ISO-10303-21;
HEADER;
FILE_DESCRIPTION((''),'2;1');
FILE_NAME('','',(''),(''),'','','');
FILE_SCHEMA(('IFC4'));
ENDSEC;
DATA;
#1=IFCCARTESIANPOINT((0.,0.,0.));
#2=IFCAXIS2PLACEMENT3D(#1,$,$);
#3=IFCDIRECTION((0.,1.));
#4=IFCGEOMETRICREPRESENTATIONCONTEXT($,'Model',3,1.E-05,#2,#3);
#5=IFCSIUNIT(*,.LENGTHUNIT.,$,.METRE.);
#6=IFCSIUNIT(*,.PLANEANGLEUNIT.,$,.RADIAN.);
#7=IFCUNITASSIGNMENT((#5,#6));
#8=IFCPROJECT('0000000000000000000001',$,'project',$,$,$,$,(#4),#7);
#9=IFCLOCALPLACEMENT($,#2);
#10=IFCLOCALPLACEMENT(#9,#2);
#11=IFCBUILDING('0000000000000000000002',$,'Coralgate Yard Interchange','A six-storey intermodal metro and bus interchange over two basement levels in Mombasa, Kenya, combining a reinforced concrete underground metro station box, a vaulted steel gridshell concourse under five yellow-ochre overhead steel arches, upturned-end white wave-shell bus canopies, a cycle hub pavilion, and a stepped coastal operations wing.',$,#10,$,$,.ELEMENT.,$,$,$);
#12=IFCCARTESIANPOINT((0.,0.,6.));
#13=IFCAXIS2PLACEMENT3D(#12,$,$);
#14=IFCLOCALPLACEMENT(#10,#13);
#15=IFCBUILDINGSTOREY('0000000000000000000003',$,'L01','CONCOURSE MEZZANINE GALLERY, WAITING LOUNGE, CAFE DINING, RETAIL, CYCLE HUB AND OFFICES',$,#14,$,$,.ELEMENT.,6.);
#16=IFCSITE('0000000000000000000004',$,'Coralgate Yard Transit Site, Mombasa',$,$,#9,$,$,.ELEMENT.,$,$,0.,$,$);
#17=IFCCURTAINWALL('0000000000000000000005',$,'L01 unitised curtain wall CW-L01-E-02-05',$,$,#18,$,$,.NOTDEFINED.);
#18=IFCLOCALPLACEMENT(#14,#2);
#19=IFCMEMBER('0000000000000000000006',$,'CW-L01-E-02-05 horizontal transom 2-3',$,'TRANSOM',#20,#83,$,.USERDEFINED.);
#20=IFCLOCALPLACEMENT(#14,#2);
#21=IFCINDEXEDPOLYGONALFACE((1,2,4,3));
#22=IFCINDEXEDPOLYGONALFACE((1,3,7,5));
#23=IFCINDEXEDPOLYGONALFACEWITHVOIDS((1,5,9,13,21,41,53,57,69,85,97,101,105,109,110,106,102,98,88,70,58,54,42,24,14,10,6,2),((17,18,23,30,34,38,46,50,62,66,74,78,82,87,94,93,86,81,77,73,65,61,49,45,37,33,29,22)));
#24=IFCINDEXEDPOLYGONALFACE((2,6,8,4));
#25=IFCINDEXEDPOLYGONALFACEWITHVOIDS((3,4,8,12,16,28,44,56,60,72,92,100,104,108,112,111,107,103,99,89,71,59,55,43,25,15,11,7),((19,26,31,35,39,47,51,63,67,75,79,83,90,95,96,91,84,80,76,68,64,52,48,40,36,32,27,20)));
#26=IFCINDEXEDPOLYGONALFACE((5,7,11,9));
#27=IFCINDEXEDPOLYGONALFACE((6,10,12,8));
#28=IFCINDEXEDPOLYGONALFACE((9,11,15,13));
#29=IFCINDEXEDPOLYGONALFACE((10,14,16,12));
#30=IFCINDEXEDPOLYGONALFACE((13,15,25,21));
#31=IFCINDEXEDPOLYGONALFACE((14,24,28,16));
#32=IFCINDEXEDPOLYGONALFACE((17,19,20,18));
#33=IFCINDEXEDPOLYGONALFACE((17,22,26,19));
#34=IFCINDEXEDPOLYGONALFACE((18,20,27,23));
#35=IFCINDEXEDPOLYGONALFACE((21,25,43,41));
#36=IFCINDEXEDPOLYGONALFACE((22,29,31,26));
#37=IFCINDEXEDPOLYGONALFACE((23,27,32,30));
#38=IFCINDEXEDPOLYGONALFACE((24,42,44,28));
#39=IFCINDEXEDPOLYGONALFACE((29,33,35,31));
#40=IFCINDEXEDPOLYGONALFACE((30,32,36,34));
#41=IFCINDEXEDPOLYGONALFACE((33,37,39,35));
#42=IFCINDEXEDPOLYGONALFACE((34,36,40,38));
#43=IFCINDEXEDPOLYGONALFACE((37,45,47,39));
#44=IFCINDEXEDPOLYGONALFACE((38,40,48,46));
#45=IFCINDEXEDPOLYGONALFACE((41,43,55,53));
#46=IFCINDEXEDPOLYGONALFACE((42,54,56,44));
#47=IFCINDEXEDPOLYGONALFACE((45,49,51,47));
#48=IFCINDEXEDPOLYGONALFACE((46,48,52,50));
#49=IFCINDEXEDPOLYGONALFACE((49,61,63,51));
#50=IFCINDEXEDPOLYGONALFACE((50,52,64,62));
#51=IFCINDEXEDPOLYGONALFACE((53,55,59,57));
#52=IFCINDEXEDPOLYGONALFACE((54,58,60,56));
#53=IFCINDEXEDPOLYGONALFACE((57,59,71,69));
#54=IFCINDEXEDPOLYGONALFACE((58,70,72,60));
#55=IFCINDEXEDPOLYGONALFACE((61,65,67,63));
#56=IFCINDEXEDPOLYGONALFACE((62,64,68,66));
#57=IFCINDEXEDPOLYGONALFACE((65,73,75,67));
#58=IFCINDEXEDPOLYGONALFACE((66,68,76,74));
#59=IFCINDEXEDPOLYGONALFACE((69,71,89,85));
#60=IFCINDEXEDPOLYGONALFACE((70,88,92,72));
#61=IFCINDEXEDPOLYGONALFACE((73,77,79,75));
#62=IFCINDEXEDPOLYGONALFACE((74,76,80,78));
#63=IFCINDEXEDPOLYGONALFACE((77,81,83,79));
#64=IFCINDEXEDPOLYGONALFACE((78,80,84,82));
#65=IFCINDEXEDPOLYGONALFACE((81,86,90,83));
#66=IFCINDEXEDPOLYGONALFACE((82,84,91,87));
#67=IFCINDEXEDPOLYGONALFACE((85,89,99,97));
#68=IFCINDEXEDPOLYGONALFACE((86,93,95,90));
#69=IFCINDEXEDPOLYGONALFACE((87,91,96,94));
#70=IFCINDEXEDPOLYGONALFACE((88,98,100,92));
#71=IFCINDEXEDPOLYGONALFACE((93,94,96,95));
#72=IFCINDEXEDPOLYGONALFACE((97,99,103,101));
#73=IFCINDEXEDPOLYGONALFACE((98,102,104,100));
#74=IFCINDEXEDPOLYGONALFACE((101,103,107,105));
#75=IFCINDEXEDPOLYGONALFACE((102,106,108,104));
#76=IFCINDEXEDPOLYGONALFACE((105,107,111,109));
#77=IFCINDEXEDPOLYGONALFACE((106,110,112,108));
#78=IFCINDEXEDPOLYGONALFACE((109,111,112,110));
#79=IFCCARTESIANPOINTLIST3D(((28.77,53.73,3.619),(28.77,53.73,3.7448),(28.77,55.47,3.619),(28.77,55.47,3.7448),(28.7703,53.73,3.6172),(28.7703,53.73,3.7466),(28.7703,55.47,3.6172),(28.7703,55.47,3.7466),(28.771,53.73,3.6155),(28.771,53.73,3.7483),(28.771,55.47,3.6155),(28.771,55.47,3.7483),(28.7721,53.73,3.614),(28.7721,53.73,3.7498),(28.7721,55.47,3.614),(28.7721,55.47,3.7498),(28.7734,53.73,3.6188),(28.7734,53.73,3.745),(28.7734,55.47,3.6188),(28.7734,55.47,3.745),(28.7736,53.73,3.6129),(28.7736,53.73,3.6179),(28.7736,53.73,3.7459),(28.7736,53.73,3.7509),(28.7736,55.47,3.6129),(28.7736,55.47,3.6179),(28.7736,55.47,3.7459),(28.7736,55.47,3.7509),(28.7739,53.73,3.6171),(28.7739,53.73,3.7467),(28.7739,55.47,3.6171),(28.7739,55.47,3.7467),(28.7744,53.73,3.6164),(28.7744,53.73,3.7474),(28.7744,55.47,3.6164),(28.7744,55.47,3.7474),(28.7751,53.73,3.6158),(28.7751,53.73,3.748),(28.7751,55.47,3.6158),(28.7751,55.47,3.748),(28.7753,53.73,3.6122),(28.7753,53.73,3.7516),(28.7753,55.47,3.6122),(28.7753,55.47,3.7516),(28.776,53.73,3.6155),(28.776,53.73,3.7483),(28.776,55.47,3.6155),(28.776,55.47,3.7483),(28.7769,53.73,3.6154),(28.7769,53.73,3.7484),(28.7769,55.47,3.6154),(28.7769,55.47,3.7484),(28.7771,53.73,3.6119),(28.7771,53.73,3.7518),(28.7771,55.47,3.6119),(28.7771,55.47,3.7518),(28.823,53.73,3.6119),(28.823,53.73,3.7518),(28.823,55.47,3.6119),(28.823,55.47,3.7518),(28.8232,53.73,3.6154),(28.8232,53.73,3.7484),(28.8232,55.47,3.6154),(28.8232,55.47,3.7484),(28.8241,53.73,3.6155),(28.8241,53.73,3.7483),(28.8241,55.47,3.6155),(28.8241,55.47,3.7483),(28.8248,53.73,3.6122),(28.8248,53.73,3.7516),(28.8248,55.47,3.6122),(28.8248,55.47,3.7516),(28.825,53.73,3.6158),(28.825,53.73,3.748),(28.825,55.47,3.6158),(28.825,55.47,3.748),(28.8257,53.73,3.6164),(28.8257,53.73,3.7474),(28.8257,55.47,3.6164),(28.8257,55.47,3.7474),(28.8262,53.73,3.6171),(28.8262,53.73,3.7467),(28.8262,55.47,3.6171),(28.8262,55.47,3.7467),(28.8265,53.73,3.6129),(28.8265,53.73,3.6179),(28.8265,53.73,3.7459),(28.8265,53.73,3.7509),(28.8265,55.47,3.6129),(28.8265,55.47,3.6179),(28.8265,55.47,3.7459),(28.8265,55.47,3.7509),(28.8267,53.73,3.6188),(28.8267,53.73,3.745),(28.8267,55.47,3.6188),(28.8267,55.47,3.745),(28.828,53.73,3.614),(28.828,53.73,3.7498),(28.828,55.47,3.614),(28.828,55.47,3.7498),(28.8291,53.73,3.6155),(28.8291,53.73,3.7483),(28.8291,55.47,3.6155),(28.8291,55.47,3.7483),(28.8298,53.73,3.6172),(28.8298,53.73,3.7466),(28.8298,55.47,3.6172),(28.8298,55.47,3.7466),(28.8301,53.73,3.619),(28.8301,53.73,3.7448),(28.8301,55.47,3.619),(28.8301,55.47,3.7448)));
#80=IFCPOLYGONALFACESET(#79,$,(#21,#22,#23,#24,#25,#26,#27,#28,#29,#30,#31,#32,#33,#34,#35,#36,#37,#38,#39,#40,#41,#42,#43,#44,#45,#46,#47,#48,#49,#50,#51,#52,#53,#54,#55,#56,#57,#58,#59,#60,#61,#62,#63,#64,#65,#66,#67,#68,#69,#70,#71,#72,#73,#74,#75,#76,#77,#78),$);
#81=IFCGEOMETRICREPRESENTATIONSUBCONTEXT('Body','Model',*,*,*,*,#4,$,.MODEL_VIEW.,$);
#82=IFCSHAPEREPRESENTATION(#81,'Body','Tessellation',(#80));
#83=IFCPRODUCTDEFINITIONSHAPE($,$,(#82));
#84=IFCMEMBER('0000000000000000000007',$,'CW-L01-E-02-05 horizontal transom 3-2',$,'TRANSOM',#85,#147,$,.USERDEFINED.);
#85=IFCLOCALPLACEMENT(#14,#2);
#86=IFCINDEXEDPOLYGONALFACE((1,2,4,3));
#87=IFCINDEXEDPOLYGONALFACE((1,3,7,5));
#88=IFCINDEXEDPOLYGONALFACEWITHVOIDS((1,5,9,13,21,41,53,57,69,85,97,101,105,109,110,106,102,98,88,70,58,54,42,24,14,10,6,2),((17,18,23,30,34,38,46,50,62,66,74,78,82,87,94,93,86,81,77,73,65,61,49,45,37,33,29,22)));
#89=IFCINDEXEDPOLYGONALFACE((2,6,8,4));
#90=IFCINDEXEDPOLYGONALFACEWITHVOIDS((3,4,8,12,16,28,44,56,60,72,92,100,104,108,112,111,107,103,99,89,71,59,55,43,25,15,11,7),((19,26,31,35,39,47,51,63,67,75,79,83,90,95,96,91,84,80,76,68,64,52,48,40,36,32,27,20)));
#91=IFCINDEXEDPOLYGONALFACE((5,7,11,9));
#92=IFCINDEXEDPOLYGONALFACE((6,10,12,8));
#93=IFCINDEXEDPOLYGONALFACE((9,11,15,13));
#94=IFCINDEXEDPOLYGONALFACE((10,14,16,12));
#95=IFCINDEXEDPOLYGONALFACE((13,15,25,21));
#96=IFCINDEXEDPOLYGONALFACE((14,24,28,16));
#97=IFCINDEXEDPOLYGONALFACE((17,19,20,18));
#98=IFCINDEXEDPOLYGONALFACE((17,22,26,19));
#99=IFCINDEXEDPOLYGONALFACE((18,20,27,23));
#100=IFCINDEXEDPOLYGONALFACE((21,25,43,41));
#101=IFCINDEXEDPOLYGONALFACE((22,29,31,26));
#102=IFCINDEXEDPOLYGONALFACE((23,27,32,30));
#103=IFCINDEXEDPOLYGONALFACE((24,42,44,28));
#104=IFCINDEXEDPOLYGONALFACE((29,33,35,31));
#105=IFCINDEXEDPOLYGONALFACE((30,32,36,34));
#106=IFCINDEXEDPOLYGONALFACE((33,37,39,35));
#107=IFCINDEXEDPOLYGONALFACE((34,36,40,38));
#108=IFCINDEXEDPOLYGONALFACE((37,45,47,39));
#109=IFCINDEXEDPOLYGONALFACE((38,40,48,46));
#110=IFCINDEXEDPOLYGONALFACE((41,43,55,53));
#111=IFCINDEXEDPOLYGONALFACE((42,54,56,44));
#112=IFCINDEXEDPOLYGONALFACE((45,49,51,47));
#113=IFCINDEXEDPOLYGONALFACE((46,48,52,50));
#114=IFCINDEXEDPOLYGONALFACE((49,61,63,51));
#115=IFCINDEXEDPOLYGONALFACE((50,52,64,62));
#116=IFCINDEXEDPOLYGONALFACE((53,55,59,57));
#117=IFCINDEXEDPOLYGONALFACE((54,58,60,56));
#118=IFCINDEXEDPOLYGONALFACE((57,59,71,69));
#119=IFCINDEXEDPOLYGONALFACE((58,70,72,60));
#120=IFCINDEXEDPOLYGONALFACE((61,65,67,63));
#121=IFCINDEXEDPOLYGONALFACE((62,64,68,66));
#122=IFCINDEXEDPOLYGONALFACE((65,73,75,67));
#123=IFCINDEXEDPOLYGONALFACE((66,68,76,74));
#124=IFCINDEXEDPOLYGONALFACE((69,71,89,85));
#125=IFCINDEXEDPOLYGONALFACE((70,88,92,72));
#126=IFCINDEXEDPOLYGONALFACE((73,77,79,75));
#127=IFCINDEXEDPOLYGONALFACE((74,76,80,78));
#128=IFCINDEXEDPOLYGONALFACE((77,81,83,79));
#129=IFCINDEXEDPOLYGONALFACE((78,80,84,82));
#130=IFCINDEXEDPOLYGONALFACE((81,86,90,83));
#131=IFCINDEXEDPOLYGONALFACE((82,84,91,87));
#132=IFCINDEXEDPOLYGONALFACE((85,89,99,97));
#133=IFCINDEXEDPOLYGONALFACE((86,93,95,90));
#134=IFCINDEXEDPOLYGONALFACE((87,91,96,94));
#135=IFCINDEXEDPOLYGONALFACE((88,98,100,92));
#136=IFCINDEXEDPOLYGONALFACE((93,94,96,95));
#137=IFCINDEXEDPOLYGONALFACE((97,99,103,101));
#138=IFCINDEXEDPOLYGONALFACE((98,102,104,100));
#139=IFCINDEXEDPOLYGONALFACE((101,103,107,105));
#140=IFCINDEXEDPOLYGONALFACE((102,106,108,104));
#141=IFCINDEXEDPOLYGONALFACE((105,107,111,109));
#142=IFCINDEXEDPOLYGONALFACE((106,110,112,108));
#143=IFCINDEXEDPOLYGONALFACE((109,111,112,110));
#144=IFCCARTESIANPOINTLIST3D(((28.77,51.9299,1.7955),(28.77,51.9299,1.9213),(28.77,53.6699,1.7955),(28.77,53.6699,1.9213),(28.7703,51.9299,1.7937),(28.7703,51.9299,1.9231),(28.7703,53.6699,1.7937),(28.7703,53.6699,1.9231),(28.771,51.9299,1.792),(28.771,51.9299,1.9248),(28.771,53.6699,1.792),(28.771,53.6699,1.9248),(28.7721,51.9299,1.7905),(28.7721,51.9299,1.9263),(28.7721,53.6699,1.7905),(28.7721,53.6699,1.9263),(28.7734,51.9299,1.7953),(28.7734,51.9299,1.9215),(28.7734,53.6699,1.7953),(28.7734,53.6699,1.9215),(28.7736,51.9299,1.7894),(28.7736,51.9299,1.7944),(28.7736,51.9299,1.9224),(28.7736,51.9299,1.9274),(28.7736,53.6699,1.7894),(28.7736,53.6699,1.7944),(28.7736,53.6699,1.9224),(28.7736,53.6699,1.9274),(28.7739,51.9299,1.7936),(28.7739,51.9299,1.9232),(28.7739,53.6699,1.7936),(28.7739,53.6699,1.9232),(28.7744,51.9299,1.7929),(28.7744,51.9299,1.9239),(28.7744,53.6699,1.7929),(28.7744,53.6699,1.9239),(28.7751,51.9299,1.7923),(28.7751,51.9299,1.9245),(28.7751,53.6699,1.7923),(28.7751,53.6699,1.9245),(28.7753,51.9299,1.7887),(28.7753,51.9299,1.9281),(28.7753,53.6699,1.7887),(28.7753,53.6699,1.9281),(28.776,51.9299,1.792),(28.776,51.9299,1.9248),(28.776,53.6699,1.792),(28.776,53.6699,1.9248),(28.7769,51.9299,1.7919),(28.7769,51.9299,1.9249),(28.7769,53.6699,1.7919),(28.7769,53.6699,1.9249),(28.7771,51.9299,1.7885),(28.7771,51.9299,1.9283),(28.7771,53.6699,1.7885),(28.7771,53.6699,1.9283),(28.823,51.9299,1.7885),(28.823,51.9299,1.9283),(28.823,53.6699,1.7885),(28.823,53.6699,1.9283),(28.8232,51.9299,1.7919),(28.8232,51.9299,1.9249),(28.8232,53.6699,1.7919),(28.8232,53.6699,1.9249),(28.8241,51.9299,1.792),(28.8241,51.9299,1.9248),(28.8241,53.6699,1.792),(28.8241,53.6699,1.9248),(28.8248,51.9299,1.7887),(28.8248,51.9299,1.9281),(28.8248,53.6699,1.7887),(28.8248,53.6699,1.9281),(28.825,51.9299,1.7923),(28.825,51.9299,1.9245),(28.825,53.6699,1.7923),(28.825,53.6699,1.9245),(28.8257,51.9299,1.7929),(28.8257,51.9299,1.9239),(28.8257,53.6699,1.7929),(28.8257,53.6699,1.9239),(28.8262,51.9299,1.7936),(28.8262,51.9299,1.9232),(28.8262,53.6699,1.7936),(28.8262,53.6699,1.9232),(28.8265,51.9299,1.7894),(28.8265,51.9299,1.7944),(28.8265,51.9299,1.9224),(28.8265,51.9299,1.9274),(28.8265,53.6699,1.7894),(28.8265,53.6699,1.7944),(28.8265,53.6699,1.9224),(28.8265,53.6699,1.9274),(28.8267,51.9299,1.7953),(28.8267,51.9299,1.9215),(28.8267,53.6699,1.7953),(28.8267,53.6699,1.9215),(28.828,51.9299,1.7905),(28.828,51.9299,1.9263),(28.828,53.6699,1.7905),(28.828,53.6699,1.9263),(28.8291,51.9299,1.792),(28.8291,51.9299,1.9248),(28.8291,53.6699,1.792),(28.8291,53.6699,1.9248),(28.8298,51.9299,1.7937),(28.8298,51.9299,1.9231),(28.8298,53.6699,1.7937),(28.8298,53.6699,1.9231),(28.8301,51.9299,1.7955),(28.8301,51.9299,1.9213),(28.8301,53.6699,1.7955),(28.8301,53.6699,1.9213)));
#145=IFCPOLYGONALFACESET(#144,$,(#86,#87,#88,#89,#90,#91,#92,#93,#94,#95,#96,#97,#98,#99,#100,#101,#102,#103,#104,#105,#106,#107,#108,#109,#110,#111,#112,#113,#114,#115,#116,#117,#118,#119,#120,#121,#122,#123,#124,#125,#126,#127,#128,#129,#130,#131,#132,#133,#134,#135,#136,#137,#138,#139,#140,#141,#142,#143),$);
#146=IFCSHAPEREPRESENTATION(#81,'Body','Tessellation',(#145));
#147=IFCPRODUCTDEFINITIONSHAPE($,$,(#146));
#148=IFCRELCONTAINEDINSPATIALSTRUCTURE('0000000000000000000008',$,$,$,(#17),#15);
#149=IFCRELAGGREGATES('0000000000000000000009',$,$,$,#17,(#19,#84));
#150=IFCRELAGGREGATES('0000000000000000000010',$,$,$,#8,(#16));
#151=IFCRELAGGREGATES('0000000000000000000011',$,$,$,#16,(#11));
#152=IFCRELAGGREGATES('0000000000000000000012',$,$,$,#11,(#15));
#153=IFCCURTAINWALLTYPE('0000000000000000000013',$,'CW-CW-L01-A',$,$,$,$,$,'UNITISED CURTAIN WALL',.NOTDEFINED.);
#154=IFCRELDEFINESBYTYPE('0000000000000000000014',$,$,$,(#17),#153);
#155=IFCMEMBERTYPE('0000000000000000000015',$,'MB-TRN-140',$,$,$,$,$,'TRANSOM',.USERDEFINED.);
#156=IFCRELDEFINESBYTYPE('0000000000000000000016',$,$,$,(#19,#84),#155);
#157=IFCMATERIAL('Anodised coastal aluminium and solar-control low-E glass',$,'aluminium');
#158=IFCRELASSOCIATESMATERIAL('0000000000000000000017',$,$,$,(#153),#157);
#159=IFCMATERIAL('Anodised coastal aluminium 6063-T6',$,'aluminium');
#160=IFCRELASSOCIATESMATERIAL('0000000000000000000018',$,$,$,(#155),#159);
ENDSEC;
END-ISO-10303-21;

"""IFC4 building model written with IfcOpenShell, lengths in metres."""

from ifc_helpers import new_model, si_unit, direction, frame, origin, origin_2d, place, context, subcontext, project, spatial, hollow_rectangle, extrude, material, material_profile, profile_set, type_object, element, aggregate, save


model = new_model("IFC4")

# Units and contexts
model_context = context("Model", 3, precision=1e-05, world=origin(), true_north=direction((0.0, 1.0)))
body_context = subcontext(model_context, "Body", "Model", "MODEL_VIEW")
ifc_project = project(units=[si_unit("LENGTHUNIT", "METRE"), si_unit("PLANEANGLEUNIT", "RADIAN")], contexts=[model_context])

# Site, building, storey
site_placement = place(None, origin())
site = spatial("IfcSite", under=ifc_project, at=site_placement, Name="Coralgate Yard Transit Site, Mombasa", CompositionType="ELEMENT", RefElevation=0.0)
building_placement = place(site_placement, origin())
building = spatial("IfcBuilding", under=site, at=building_placement, Name="Coralgate Yard Interchange", Description="A six-storey intermodal metro and bus interchange over two basement levels in Mombasa, Kenya, combining a reinforced concrete underground metro station box, a vaulted steel gridshell concourse under five yellow-ochre overhead steel arches, upturned-end white wave-shell bus canopies, a cycle hub pavilion, and a stepped coastal operations wing.", CompositionType="ELEMENT")
storey_placement = place(building_placement, frame((0.0, 0.0, 6.0)))
storey = spatial("IfcBuildingStorey", under=building, at=storey_placement, Name="L01", Description="CONCOURSE MEZZANINE GALLERY, WAITING LOUNGE, CAFE DINING, RETAIL, CYCLE HUB AND OFFICES", CompositionType="ELEMENT", Elevation=6.0)

# Curtain wall
ifc_material_1 = material(Name="Anodised coastal aluminium and solar-control low-E glass", Category="aluminium")
curtain_wall_type = type_object("IfcCurtainWallType", Name="CW-CW-L01-A", ElementType="UNITISED CURTAIN WALL", PredefinedType="NOTDEFINED", material=ifc_material_1)
curtain_wall_1_placement = place(storey_placement, origin())
curtain_wall_1 = element("IfcCurtainWall", 1, at=curtain_wall_1_placement, inside=storey, type_object=curtain_wall_type, Name="L01 unitised curtain wall CW-L01-E-02-05", PredefinedType="NOTDEFINED")
ifc_material_2 = material(Name="Anodised coastal aluminium 6063-T6", Category="aluminium")

# Members
ifc_material_profile_1 = material_profile(ifc_material_2, hollow_rectangle(XDim=0.0601, YDim=0.1399, WallThickness=0.0034, InnerFilletRadius=0.0034, OuterFilletRadius=0.0071, at=origin_2d()), Name="ALU 60x140x3.5")
ifc_profile_set_1 = profile_set([ifc_material_profile_1], Name="Anodised coastal aluminium 6063-T6")
member_type_1 = type_object("IfcMemberType", Name="MB-TRN-140", ElementType="TRANSOM", PredefinedType="USERDEFINED", material=ifc_profile_set_1)
member_1_placement = place(storey_placement, frame((28.8, 55.47, 3.6819), z_axis=(0.0, -1.0, 0.0), x_axis=(1.0, 0.0, 0.0)))
member_1 = element("IfcMember", 2, at=member_1_placement, type_object=member_type_1, Name="CW-L01-E-02-05 horizontal transom 2-3", ObjectType="TRANSOM", PredefinedType="USERDEFINED", context=body_context, shape_type="SweptSolid", body=[
    extrude(hollow_rectangle(XDim=0.0601, YDim=0.1399, WallThickness=0.0034, InnerFilletRadius=0.0034, OuterFilletRadius=0.0071, at=origin_2d()), origin(), (0.0, 0.0, 1.0), 1.74),
])
member_2_placement = place(storey_placement, frame((28.8, 53.6699, 1.8584), z_axis=(0.0, -1.0, 0.0), x_axis=(1.0, 0.0, 0.0)))
member_2 = element("IfcMember", 3, at=member_2_placement, type_object=member_type_1, Name="CW-L01-E-02-05 horizontal transom 3-2", ObjectType="TRANSOM", PredefinedType="USERDEFINED", context=body_context, shape_type="SweptSolid", body=[
    extrude(hollow_rectangle(XDim=0.0601, YDim=0.1399, WallThickness=0.0034, InnerFilletRadius=0.0034, OuterFilletRadius=0.0071, at=origin_2d()), origin(), (0.0, 0.0, 1.0), 1.74),
])

aggregate(curtain_wall_1, [member_1, member_2])

save(model, "model.ifc")
